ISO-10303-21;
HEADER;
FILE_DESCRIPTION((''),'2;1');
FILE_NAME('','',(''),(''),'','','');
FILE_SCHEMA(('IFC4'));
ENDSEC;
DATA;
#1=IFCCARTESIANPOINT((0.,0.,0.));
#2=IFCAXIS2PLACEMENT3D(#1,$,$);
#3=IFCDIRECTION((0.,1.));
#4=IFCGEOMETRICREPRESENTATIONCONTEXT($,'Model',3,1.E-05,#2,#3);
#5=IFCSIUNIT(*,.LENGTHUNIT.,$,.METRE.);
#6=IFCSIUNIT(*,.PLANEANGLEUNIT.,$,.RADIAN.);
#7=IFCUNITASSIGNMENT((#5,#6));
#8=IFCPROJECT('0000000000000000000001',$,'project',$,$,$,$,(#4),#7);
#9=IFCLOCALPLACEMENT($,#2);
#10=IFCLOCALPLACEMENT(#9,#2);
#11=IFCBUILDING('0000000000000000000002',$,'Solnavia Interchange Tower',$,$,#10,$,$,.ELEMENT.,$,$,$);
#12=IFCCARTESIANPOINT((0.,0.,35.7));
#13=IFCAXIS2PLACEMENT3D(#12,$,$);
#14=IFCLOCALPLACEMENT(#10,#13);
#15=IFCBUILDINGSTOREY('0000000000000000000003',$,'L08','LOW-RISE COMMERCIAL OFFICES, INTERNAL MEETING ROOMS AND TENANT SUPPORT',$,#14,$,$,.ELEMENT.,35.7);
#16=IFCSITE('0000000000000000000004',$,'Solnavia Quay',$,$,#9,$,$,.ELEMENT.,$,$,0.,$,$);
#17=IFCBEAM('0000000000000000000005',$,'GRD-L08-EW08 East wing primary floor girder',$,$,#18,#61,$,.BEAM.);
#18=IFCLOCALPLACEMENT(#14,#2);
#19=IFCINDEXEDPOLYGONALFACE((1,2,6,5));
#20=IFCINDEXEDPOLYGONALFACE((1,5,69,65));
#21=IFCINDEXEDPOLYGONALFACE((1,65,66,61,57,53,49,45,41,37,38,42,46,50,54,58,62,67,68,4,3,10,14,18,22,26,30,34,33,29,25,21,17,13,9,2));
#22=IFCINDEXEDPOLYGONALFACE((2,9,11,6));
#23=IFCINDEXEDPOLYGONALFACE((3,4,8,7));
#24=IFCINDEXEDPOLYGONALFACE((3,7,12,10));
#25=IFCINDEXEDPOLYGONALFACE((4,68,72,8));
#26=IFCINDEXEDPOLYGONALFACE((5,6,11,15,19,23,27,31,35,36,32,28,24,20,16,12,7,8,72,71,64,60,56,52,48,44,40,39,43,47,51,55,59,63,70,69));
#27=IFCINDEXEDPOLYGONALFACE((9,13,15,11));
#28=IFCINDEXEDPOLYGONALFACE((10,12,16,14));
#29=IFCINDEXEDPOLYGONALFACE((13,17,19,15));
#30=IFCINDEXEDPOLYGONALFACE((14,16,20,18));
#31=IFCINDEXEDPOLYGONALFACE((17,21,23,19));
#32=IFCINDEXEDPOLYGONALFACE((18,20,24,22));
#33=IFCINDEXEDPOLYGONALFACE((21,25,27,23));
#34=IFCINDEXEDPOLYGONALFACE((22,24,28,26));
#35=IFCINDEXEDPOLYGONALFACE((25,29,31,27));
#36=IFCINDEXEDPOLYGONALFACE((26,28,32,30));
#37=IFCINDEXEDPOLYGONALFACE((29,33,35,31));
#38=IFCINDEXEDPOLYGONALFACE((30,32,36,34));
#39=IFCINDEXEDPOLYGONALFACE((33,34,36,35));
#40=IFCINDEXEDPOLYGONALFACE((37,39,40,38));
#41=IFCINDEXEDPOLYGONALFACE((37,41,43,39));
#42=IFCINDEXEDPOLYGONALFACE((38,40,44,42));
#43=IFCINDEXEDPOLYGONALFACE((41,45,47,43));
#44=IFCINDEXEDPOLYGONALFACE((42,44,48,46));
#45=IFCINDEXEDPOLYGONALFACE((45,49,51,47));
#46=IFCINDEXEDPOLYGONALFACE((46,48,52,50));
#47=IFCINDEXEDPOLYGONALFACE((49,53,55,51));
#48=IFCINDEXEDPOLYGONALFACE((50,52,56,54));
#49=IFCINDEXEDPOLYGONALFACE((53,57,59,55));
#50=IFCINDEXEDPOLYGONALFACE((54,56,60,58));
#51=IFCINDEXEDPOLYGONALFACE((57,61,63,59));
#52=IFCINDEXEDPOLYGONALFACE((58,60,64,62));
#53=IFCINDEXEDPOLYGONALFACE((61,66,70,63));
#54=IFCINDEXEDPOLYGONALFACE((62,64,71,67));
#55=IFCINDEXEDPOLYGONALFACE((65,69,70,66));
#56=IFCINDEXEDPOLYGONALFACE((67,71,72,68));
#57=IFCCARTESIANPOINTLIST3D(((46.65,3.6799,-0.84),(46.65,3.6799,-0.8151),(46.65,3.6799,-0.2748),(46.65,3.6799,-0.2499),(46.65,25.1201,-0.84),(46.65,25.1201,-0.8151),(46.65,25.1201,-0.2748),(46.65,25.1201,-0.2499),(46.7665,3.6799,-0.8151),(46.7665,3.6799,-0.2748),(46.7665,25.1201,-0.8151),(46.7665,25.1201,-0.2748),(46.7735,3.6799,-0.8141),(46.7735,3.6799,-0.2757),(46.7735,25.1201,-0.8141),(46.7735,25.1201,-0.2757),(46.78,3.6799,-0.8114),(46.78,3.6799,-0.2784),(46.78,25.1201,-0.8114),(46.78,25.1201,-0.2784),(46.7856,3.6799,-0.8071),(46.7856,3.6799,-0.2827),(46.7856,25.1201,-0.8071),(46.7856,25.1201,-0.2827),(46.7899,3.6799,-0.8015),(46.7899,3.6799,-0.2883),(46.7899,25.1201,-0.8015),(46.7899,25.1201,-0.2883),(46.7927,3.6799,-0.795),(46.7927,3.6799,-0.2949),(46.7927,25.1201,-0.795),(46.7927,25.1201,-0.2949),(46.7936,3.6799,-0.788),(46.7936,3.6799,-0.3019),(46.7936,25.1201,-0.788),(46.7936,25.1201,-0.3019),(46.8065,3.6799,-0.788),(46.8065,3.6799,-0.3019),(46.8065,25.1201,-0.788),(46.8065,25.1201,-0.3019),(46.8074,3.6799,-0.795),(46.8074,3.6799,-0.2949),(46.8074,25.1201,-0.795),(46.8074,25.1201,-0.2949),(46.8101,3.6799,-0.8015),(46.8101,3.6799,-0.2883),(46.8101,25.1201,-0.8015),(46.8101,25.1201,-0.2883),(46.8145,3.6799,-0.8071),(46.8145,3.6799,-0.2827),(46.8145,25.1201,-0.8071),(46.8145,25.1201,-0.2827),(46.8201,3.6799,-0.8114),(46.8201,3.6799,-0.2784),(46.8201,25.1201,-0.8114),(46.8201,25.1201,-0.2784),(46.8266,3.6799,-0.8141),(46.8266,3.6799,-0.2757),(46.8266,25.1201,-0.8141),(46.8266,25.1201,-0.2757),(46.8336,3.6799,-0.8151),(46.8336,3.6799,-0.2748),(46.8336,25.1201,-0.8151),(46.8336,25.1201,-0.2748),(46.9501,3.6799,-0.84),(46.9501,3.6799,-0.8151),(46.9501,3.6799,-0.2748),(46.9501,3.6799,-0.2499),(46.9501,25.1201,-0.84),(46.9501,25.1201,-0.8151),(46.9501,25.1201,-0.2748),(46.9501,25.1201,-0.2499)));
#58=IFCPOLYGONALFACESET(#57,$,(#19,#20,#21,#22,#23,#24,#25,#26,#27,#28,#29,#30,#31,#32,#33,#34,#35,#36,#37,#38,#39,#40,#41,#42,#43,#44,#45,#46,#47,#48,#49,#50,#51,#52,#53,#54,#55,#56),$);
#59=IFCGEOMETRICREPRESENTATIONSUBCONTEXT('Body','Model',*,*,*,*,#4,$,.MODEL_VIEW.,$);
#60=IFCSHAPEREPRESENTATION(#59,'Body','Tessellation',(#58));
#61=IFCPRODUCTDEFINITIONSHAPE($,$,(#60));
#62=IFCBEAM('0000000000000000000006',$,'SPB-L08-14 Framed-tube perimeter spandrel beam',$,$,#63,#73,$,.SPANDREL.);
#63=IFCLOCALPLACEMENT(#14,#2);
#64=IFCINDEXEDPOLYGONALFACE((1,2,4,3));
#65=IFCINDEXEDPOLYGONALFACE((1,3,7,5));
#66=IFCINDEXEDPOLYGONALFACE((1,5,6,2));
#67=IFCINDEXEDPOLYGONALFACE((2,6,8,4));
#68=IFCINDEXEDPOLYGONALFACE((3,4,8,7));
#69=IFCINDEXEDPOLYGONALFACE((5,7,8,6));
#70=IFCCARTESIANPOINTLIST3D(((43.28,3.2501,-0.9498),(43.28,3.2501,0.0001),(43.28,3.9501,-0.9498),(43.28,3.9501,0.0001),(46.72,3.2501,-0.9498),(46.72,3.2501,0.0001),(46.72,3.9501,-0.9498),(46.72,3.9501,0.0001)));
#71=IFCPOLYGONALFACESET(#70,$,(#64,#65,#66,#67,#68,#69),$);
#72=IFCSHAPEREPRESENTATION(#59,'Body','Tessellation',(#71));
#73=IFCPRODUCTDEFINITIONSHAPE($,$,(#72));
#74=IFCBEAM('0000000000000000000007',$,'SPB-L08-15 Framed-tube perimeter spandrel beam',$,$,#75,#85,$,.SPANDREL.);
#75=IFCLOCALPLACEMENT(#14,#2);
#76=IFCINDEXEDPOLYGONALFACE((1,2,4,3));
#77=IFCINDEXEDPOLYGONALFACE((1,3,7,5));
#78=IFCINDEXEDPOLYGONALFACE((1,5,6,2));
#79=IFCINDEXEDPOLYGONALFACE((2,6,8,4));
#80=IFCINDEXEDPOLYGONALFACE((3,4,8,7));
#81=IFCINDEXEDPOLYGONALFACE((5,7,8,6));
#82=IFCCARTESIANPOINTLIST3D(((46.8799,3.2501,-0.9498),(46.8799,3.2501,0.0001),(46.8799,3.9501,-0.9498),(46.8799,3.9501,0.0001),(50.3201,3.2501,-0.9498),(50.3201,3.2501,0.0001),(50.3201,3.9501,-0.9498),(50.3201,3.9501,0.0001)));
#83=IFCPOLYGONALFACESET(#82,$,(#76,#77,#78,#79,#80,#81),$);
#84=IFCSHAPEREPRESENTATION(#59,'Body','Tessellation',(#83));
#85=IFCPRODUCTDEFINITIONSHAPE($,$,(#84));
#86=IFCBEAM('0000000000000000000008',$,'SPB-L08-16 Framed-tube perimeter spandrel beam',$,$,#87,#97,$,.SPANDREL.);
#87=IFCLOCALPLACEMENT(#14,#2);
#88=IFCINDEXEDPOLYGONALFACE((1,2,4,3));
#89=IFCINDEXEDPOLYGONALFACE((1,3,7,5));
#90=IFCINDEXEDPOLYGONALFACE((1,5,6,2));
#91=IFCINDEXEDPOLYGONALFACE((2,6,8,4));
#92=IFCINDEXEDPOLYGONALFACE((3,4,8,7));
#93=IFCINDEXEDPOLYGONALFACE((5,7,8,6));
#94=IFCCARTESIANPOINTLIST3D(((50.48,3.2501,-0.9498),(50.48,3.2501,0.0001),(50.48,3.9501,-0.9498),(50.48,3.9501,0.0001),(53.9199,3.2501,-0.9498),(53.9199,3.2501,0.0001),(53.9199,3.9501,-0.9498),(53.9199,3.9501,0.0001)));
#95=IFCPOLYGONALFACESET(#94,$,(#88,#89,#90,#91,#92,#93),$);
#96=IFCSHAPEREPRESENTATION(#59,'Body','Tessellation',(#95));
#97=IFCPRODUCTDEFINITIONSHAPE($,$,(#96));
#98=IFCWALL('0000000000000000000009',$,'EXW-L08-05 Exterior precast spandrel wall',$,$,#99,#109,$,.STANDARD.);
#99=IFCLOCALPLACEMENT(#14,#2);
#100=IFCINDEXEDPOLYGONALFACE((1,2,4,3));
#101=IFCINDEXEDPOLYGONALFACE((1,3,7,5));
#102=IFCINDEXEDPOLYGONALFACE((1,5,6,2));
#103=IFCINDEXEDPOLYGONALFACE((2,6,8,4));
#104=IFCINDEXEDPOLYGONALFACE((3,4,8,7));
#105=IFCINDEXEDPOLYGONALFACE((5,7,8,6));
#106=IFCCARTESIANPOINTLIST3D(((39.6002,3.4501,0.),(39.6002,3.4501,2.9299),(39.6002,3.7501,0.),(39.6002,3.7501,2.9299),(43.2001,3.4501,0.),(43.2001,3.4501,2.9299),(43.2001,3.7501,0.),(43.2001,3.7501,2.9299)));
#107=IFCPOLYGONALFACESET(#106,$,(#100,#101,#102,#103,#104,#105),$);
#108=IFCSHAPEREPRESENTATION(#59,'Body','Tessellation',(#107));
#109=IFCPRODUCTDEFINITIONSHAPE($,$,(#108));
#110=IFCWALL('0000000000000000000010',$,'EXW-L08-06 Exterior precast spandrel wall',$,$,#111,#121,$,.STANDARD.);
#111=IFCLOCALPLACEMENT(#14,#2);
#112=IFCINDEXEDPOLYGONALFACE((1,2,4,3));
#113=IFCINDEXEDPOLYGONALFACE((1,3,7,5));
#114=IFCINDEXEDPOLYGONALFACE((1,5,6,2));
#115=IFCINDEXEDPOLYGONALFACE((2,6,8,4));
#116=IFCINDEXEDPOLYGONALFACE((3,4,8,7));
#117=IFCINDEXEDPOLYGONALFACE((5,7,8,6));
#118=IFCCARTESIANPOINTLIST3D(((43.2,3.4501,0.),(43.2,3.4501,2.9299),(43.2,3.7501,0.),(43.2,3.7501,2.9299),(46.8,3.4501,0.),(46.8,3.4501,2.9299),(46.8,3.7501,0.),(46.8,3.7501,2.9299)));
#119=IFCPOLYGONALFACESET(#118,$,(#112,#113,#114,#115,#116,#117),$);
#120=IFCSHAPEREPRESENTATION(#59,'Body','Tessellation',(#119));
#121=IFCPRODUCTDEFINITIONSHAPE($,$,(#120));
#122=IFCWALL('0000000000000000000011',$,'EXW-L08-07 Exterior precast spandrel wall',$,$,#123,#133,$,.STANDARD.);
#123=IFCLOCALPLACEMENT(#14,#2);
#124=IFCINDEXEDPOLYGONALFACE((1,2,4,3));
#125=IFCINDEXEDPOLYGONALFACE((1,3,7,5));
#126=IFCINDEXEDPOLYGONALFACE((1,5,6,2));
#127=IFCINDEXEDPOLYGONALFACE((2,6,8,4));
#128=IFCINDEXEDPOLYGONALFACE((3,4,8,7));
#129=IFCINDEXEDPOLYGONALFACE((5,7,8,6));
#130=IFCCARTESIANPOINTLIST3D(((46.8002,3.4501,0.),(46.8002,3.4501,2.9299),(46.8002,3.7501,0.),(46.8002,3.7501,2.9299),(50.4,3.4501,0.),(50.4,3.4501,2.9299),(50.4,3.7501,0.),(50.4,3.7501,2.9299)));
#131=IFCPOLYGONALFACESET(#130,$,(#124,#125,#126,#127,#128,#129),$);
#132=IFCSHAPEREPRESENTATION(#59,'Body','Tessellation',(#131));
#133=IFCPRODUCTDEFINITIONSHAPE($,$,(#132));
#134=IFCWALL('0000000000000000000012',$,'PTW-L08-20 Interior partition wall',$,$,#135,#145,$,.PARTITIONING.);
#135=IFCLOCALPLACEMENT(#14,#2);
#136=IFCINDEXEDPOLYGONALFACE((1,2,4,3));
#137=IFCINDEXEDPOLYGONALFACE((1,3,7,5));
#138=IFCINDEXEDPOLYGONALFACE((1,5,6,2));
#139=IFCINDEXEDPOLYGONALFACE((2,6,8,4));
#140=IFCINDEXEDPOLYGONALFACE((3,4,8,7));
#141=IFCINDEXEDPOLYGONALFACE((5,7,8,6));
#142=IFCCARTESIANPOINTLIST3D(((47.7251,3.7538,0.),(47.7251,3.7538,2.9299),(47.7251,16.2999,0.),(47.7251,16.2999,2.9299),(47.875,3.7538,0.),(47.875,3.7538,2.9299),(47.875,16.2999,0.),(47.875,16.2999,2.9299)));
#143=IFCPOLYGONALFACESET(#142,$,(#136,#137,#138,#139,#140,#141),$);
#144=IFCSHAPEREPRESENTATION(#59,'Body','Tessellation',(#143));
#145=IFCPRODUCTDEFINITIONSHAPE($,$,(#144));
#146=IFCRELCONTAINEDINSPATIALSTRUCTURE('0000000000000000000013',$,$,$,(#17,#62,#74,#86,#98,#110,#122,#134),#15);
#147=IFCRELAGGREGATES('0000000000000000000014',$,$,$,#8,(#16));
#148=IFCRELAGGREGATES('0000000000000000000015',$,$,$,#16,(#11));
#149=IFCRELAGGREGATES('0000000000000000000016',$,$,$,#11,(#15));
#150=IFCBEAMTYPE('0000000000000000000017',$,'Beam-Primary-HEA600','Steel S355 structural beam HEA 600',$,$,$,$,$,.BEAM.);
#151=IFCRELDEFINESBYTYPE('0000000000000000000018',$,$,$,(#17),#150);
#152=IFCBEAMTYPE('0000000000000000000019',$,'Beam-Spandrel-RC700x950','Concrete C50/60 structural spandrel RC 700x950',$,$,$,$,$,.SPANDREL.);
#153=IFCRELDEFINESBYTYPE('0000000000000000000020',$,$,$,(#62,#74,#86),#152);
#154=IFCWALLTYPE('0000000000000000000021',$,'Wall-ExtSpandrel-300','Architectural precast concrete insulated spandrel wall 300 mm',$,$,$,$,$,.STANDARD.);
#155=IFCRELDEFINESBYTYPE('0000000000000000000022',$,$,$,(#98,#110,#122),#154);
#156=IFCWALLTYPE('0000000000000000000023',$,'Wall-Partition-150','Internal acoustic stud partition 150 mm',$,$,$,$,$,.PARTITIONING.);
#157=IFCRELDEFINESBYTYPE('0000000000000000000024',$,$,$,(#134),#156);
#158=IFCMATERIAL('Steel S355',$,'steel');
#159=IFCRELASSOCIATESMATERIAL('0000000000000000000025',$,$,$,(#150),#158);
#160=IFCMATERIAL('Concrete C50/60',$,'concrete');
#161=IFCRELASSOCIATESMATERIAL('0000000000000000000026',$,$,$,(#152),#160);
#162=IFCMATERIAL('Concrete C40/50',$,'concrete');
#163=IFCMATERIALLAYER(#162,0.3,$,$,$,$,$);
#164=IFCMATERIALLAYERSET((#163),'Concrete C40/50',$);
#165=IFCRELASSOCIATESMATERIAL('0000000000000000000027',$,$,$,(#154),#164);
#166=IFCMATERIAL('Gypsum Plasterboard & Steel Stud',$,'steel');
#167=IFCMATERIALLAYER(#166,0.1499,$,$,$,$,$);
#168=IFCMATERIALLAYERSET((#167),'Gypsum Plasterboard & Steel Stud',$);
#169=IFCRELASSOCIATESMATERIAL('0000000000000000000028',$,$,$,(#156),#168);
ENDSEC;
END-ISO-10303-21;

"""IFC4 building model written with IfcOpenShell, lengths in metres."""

from ifc_helpers import new_model, si_unit, direction, frame, frame_2d, origin, origin_2d, place, context, subcontext, project, spatial, rectangle, i_section, extrude, material, layer, layer_set, material_profile, profile_set, type_object, element, save


model = new_model("IFC4")

# Units and contexts
model_context = context("Model", 3, precision=1e-05, world=origin(), true_north=direction((0.0, 1.0)))
body_context = subcontext(model_context, "Body", "Model", "MODEL_VIEW")
ifc_project = project(units=[si_unit("LENGTHUNIT", "METRE"), si_unit("PLANEANGLEUNIT", "RADIAN")], contexts=[model_context])

# Site, building, storey
site_placement = place(None, origin())
site = spatial("IfcSite", under=ifc_project, at=site_placement, Name="Solnavia Quay", CompositionType="ELEMENT", RefElevation=0.0)
building_placement = place(site_placement, origin())
building = spatial("IfcBuilding", under=site, at=building_placement, Name="Solnavia Interchange Tower", CompositionType="ELEMENT")
storey_placement = place(building_placement, frame((0.0, 0.0, 35.7)))
storey = spatial("IfcBuildingStorey", under=building, at=storey_placement, Name="L08", Description="LOW-RISE COMMERCIAL OFFICES, INTERNAL MEETING ROOMS AND TENANT SUPPORT", CompositionType="ELEMENT", Elevation=35.7)

# Shared definitions
ifc_material_1 = material(Name="Steel S355", Category="steel")

# Beams
ifc_material_profile_1 = material_profile(ifc_material_1, i_section(OverallWidth=0.3, OverallDepth=0.5901, WebThickness=0.0129, FlangeThickness=0.0249, FilletRadius=0.0271, at=origin_2d()), Name="HEA 600")
ifc_profile_set_1 = profile_set([ifc_material_profile_1], Name="Steel S355")
beam_type_1 = type_object("IfcBeamType", Name="Beam-Primary-HEA600", Description="Steel S355 structural beam HEA 600", PredefinedType="BEAM", material=ifc_profile_set_1)
beam_1_placement = place(storey_placement, frame((46.8, 3.6799, -0.5449), z_axis=(0.0, 1.0, 0.0), x_axis=(-1.0, 0.0, 0.0)))
element("IfcBeam", 1, at=beam_1_placement, inside=storey, type_object=beam_type_1, Name="GRD-L08-EW08 East wing primary floor girder", PredefinedType="BEAM", context=body_context, shape_type="SweptSolid", body=[
    extrude(i_section(OverallWidth=0.3, OverallDepth=0.5901, WebThickness=0.0129, FlangeThickness=0.0249, FilletRadius=0.0271, at=origin_2d()), origin(), (0.0, 0.0, 1.0), 21.4402),
])
ifc_material_2 = material(Name="Concrete C50/60", Category="concrete")
ifc_material_profile_2 = material_profile(ifc_material_2, rectangle(XDim=0.7, YDim=0.95, at=origin_2d()), Name="RC 700x950")
ifc_profile_set_2 = profile_set([ifc_material_profile_2], Name="Concrete C50/60")
beam_type_2 = type_object("IfcBeamType", Name="Beam-Spandrel-RC700x950", Description="Concrete C50/60 structural spandrel RC 700x950", PredefinedType="SPANDREL", material=ifc_profile_set_2)
beam_2_placement = place(storey_placement, frame((43.28, 3.6001, -0.4749), z_axis=(1.0, 0.0, 0.0), x_axis=(0.0, 1.0, 0.0)))
element("IfcBeam", 2, at=beam_2_placement, inside=storey, type_object=beam_type_2, Name="SPB-L08-14 Framed-tube perimeter spandrel beam", PredefinedType="SPANDREL", context=body_context, shape_type="SweptSolid", body=[
    extrude(rectangle(XDim=0.7, YDim=0.95, at=origin_2d()), origin(), (0.0, 0.0, 1.0), 3.4399),
])
beam_3_placement = place(storey_placement, frame((46.8799, 3.6001, -0.4749), z_axis=(1.0, 0.0, 0.0), x_axis=(0.0, 1.0, 0.0)))
element("IfcBeam", 3, at=beam_3_placement, inside=storey, type_object=beam_type_2, Name="SPB-L08-15 Framed-tube perimeter spandrel beam", PredefinedType="SPANDREL", context=body_context, shape_type="SweptSolid", body=[
    extrude(rectangle(XDim=0.7, YDim=0.95, at=origin_2d()), origin(), (0.0, 0.0, 1.0), 3.4402),
])
beam_4_placement = place(storey_placement, frame((50.48, 3.6001, -0.4749), z_axis=(1.0, 0.0, 0.0), x_axis=(0.0, 1.0, 0.0)))
element("IfcBeam", 4, at=beam_4_placement, inside=storey, type_object=beam_type_2, Name="SPB-L08-16 Framed-tube perimeter spandrel beam", PredefinedType="SPANDREL", context=body_context, shape_type="SweptSolid", body=[
    extrude(rectangle(XDim=0.7, YDim=0.95, at=origin_2d()), origin(), (0.0, 0.0, 1.0), 3.4399),
])

# Walls
ifc_material_3 = material(Name="Concrete C40/50", Category="concrete")
ifc_layer_1 = layer(ifc_material_3, 0.3)
ifc_layer_set_1 = layer_set([ifc_layer_1], Name="Concrete C40/50")
wall_type_1 = type_object("IfcWallType", Name="Wall-ExtSpandrel-300", Description="Architectural precast concrete insulated spandrel wall 300 mm", PredefinedType="STANDARD", material=ifc_layer_set_1)
wall_1_placement = place(storey_placement, frame((43.2, 3.6001, 0.0), z_axis=(0.0, 0.0, 1.0), x_axis=(-1.0, 0.0, 0.0)))
element("IfcWall", 5, at=wall_1_placement, inside=storey, type_object=wall_type_1, Name="EXW-L08-05 Exterior precast spandrel wall", PredefinedType="STANDARD", context=body_context, shape_type="SweptSolid", body=[
    extrude(rectangle(XDim=3.5999, YDim=0.3, at=frame_2d((1.7998, 0.0))), origin(), (0.0, 0.0, 1.0), 2.9299),
])
wall_2_placement = place(storey_placement, frame((46.8, 3.6001, 0.0), z_axis=(0.0, 0.0, 1.0), x_axis=(-1.0, 0.0, 0.0)))
element("IfcWall", 6, at=wall_2_placement, inside=storey, type_object=wall_type_1, Name="EXW-L08-06 Exterior precast spandrel wall", PredefinedType="STANDARD", context=body_context, shape_type="SweptSolid", body=[
    extrude(rectangle(XDim=3.6001, YDim=0.3, at=frame_2d((1.8, 0.0))), origin(), (0.0, 0.0, 1.0), 2.9299),
])
wall_3_placement = place(storey_placement, frame((50.3999, 3.6001, 0.0), z_axis=(0.0, 0.0, 1.0), x_axis=(-1.0, 0.0, 0.0)))
element("IfcWall", 7, at=wall_3_placement, inside=storey, type_object=wall_type_1, Name="EXW-L08-07 Exterior precast spandrel wall", PredefinedType="STANDARD", context=body_context, shape_type="SweptSolid", body=[
    extrude(rectangle(XDim=3.5999, YDim=0.3, at=frame_2d((1.7998, 0.0))), origin(), (0.0, 0.0, 1.0), 2.9299),
])
ifc_material_4 = material(Name="Gypsum Plasterboard & Steel Stud", Category="steel")
ifc_layer_2 = layer(ifc_material_4, 0.1499)
ifc_layer_set_2 = layer_set([ifc_layer_2], Name="Gypsum Plasterboard & Steel Stud")
wall_type_2 = type_object("IfcWallType", Name="Wall-Partition-150", Description="Internal acoustic stud partition 150 mm", PredefinedType="PARTITIONING", material=ifc_layer_set_2)
wall_4_placement = place(storey_placement, frame((47.8, 3.7539, 0.0), z_axis=(0.0, 0.0, 1.0), x_axis=(0.0, 1.0, 0.0)))
element("IfcWall", 8, at=wall_4_placement, inside=storey, type_object=wall_type_2, Name="PTW-L08-20 Interior partition wall", PredefinedType="PARTITIONING", context=body_context, shape_type="SweptSolid", body=[
    extrude(rectangle(XDim=12.5461, YDim=0.1499, at=frame_2d((6.2729, 0.0))), origin(), (0.0, 0.0, 1.0), 2.9299),
])

save(model, "model.ifc")
